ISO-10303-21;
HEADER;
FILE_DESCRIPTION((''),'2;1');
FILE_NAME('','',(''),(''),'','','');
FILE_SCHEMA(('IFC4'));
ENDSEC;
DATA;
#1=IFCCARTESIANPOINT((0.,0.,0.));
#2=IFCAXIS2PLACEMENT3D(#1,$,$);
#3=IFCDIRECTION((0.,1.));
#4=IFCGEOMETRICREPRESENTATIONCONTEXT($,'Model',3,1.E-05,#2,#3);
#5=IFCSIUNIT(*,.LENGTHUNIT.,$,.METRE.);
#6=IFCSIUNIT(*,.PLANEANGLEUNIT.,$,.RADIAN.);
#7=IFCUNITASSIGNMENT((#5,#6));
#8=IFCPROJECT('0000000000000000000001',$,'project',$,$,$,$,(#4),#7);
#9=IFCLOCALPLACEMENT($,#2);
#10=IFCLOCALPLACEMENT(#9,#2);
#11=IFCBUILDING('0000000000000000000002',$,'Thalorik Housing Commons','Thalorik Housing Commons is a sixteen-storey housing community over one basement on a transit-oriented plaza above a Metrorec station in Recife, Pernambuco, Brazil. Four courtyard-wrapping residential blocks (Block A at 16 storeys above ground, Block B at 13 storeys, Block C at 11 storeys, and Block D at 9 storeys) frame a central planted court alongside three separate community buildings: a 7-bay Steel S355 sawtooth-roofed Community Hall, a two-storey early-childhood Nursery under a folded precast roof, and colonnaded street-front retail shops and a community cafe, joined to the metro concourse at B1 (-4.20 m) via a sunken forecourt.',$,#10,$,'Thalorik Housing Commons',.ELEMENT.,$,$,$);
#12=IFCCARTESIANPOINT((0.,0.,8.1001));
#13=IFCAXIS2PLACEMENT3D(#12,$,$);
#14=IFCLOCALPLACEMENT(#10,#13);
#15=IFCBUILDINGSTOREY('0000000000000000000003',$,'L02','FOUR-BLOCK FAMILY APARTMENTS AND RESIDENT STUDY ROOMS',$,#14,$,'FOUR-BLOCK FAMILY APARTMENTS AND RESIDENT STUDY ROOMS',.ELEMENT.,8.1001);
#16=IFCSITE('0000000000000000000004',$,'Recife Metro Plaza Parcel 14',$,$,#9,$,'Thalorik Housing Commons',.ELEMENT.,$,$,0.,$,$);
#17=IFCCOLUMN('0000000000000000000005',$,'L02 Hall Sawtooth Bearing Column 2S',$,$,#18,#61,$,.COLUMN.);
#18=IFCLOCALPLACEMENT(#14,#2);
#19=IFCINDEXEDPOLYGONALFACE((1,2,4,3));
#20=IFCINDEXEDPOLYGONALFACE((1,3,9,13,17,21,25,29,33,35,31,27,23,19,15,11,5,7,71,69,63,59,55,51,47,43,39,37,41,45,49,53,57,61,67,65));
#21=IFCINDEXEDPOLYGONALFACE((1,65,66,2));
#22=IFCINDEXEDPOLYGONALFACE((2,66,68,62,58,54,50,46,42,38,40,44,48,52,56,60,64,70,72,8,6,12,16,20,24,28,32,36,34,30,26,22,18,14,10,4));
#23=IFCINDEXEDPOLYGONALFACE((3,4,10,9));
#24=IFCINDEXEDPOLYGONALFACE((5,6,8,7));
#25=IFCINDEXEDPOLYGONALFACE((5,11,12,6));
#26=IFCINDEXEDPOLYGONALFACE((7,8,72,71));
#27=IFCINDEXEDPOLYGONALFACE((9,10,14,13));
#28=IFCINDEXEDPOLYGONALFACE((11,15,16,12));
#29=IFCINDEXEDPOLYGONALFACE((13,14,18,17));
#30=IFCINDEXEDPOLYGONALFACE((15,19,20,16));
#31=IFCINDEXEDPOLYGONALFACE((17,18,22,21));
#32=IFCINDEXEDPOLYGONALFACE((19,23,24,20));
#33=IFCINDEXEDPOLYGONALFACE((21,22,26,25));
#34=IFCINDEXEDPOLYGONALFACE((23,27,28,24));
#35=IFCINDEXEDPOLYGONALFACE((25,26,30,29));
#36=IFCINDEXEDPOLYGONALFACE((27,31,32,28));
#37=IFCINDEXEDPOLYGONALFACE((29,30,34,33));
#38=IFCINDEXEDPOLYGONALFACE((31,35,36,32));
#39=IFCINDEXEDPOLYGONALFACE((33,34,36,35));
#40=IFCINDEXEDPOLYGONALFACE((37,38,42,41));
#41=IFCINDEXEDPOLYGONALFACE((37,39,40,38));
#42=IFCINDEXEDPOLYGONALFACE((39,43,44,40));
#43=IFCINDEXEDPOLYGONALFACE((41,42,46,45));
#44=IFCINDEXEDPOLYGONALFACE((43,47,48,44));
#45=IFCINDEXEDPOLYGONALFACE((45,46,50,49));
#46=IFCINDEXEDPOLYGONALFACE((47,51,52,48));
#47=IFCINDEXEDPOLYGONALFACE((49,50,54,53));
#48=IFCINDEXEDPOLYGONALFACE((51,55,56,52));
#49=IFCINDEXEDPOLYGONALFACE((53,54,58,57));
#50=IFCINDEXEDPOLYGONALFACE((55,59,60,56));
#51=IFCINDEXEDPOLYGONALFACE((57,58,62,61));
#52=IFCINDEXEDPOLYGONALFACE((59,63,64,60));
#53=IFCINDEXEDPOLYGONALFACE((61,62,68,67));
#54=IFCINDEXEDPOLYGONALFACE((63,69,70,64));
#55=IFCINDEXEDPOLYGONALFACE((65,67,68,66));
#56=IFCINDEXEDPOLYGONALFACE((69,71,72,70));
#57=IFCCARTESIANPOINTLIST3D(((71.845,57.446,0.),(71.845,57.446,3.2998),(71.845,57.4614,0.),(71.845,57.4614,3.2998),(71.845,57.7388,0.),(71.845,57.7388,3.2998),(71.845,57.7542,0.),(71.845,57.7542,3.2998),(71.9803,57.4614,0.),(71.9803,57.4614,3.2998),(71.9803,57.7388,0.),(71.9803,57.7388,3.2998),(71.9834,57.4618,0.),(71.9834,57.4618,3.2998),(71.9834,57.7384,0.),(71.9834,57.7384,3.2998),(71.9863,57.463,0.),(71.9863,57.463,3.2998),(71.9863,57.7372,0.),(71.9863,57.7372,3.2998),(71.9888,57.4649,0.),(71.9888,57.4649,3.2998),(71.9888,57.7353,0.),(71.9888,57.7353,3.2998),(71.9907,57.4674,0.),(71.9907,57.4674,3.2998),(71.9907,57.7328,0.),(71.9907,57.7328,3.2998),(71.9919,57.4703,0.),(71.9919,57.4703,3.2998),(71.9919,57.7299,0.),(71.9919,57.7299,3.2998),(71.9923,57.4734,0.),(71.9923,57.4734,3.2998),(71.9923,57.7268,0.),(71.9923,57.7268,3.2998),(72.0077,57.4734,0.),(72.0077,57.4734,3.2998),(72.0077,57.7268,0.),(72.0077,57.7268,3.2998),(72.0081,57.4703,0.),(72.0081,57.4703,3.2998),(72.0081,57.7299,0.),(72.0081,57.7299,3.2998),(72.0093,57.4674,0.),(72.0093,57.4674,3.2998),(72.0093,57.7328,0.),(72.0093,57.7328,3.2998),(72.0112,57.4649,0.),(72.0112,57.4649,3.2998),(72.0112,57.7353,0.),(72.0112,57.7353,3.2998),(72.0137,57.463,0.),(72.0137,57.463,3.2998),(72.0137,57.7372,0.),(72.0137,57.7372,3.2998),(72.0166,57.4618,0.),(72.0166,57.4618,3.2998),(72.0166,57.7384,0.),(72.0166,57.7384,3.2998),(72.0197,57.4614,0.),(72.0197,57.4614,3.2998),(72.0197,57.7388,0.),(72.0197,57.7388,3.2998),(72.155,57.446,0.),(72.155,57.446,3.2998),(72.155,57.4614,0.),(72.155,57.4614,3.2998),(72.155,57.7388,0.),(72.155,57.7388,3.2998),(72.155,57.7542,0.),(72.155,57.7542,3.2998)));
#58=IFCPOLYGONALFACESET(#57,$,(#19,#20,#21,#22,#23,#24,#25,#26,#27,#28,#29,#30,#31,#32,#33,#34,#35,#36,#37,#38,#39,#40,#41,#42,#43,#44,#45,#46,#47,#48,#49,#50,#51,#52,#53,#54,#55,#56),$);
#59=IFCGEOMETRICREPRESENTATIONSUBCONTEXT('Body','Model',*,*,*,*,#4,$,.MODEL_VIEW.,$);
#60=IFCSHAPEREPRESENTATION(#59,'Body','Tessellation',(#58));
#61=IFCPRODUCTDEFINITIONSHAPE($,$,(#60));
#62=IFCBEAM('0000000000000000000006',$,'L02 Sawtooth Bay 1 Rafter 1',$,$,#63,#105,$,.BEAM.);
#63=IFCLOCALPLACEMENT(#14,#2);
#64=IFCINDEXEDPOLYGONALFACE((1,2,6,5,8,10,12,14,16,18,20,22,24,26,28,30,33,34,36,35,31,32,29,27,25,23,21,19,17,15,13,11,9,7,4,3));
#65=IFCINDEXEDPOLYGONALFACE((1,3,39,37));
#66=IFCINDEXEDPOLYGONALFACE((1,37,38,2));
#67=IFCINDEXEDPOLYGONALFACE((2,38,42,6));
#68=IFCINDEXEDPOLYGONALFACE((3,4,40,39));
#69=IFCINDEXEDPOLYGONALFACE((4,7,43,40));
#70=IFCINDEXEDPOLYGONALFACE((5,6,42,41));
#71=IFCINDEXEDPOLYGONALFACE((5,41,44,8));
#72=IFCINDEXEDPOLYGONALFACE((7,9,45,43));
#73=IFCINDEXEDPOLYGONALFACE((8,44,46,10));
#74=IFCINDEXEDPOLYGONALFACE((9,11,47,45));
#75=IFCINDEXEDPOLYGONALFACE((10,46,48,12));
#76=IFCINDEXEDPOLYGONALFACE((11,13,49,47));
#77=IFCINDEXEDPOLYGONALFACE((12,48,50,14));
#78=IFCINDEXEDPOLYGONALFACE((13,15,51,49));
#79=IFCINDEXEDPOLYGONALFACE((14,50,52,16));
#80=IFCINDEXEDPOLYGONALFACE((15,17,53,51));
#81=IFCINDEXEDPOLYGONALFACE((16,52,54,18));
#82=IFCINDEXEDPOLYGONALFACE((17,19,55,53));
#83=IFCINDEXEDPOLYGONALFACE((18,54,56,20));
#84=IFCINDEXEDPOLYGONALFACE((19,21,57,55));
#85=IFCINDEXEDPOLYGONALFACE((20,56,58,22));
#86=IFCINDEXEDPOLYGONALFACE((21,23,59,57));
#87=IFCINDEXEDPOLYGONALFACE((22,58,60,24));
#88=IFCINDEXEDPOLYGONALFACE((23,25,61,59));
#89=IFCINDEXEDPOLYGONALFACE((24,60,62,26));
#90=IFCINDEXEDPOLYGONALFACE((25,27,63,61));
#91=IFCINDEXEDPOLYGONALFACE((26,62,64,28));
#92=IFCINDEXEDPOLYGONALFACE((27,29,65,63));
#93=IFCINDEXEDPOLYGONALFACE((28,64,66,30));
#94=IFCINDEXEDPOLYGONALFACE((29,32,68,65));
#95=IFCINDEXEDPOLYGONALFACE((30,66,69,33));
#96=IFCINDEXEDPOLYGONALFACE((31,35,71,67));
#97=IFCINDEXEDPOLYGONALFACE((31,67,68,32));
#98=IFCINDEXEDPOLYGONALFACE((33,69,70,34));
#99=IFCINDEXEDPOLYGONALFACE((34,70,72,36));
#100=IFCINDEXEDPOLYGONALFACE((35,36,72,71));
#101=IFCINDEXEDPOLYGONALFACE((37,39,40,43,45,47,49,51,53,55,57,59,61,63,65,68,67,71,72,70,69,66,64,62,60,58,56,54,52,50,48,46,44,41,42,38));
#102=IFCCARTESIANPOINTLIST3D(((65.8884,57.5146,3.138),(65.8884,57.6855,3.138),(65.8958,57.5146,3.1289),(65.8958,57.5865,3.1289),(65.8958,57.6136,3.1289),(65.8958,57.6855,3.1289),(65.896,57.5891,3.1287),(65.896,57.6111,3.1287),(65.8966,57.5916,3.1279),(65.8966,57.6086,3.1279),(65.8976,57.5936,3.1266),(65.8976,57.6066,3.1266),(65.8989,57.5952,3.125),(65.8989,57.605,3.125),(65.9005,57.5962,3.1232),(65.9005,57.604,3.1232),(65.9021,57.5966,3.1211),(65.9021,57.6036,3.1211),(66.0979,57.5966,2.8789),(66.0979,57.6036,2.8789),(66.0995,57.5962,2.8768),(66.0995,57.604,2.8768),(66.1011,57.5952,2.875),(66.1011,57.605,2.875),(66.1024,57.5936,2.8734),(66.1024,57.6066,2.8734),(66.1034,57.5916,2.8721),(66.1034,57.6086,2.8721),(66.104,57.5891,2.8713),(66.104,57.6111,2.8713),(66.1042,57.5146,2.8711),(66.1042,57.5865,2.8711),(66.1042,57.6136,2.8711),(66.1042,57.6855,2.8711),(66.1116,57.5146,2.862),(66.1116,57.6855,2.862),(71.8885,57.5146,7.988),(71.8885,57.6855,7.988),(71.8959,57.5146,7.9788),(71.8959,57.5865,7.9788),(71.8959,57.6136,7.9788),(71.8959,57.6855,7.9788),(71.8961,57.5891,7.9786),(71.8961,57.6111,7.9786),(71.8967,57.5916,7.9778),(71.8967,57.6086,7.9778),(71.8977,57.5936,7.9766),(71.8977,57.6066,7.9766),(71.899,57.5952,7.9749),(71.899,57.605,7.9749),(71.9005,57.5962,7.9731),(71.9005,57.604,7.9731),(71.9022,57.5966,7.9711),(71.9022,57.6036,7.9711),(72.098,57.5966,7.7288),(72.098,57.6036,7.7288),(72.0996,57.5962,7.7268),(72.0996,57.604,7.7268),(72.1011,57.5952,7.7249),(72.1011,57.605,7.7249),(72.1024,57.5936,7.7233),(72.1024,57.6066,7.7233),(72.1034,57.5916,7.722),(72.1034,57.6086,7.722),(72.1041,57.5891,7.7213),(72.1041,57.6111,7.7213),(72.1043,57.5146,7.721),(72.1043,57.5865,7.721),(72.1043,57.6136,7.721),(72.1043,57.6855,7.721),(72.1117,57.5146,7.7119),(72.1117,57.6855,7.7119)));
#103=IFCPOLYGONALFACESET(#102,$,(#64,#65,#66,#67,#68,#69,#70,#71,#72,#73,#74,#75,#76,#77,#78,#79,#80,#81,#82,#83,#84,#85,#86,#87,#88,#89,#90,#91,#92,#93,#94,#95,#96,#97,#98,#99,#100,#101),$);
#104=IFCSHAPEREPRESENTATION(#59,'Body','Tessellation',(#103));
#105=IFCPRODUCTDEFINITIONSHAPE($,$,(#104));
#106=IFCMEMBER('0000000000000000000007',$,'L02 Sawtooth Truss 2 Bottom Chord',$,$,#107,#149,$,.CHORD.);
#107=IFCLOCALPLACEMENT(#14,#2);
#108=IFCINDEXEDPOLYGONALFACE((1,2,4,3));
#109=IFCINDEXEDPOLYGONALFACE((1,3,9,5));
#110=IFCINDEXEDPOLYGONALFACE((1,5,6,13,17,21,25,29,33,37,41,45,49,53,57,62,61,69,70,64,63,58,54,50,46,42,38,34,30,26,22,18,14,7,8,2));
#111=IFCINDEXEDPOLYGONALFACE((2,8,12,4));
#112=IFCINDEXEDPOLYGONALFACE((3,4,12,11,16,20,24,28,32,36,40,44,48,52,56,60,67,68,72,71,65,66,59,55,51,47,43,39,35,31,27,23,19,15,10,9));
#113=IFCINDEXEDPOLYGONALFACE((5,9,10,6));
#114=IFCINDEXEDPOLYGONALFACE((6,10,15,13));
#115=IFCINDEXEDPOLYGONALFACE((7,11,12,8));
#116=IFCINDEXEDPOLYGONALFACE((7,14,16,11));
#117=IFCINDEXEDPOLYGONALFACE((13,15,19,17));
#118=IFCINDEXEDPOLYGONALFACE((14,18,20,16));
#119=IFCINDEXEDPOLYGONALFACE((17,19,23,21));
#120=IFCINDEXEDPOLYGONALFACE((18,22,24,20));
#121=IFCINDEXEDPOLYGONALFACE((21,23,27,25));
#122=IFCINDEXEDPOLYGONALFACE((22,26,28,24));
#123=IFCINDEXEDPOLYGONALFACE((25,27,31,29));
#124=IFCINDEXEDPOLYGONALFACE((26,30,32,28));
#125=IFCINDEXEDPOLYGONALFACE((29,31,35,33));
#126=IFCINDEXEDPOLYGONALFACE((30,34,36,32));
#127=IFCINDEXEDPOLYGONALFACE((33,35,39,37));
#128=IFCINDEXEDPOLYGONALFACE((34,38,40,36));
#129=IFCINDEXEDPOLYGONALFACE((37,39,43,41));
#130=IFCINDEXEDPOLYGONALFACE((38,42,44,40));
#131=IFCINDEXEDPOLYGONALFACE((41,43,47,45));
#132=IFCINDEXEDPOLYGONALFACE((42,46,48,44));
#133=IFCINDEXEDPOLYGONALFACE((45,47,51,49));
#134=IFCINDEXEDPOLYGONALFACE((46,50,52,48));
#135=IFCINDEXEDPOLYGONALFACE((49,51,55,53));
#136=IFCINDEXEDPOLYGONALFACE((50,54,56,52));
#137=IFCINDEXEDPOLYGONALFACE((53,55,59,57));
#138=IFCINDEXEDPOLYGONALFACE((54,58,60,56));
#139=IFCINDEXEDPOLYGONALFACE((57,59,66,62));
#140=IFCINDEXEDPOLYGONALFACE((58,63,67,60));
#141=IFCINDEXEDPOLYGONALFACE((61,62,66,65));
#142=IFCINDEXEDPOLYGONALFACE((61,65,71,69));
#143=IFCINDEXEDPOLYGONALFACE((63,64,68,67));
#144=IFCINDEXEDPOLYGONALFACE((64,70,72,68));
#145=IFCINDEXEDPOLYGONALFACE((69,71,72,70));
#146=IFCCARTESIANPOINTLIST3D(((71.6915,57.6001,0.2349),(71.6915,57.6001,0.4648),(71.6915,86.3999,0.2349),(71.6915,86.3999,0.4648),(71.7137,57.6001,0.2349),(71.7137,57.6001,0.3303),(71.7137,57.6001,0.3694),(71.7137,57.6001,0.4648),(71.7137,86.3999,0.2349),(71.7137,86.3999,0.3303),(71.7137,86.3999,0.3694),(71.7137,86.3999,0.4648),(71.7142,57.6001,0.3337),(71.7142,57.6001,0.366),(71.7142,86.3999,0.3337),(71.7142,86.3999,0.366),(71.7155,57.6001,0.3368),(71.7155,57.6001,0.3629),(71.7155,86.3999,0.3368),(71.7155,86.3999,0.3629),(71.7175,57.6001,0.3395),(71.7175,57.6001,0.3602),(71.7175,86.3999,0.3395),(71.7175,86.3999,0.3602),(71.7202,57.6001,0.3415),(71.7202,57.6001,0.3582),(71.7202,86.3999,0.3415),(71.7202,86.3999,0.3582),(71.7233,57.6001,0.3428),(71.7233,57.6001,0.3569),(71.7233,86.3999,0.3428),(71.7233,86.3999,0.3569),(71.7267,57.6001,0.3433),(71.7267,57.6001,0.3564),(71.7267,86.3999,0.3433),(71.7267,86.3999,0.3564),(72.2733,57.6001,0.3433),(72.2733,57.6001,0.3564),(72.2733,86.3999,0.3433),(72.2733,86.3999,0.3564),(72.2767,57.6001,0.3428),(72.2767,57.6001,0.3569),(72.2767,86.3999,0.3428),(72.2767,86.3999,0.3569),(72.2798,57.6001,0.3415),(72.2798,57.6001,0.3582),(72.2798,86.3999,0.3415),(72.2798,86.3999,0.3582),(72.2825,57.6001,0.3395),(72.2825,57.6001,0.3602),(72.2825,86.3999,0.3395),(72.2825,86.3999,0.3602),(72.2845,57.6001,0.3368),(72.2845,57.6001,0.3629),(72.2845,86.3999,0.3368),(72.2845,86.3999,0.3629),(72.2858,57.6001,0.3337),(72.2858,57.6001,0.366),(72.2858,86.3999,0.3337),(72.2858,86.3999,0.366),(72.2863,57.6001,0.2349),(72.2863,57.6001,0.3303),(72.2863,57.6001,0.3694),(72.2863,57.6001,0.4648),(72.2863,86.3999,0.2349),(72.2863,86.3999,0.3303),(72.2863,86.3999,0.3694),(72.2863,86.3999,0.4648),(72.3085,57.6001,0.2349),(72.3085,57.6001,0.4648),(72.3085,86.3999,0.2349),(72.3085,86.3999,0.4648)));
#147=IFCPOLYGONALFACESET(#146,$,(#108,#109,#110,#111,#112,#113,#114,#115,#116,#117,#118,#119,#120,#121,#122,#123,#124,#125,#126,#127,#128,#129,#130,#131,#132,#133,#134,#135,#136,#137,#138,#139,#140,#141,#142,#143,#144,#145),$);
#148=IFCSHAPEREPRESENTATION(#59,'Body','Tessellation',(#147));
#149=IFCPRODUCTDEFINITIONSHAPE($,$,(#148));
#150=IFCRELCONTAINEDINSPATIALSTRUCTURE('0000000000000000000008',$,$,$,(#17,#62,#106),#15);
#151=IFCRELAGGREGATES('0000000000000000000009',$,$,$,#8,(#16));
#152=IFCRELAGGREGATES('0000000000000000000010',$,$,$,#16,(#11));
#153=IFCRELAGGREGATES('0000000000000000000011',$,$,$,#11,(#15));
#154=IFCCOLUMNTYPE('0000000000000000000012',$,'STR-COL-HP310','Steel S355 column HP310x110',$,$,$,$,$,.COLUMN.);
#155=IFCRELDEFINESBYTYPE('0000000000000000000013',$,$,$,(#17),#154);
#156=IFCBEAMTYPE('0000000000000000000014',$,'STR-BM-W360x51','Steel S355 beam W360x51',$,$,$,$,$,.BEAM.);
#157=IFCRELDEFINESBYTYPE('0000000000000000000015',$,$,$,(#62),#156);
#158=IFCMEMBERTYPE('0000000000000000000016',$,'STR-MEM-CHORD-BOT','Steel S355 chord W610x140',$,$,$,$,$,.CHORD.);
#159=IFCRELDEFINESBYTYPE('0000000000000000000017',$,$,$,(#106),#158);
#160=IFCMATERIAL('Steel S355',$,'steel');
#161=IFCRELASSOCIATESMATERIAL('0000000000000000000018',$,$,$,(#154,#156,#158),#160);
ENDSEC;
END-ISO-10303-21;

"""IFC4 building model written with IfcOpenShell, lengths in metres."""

from ifc_helpers import new_model, si_unit, direction, frame, origin, origin_2d, place, context, subcontext, project, spatial, i_section, extrude, material, material_profile, profile_set, type_object, element, save


model = new_model("IFC4")

# Units and contexts
model_context = context("Model", 3, precision=1e-05, world=origin(), true_north=direction((0.0, 1.0)))
body_context = subcontext(model_context, "Body", "Model", "MODEL_VIEW")
ifc_project = project(units=[si_unit("LENGTHUNIT", "METRE"), si_unit("PLANEANGLEUNIT", "RADIAN")], contexts=[model_context])

# Site, building, storey
site_placement = place(None, origin())
site = spatial("IfcSite", under=ifc_project, at=site_placement, Name="Recife Metro Plaza Parcel 14", LongName="Thalorik Housing Commons", CompositionType="ELEMENT", RefElevation=0.0)
building_placement = place(site_placement, origin())
building = spatial("IfcBuilding", under=site, at=building_placement, Name="Thalorik Housing Commons", Description="Thalorik Housing Commons is a sixteen-storey housing community over one basement on a transit-oriented plaza above a Metrorec station in Recife, Pernambuco, Brazil. Four courtyard-wrapping residential blocks (Block A at 16 storeys above ground, Block B at 13 storeys, Block C at 11 storeys, and Block D at 9 storeys) frame a central planted court alongside three separate community buildings: a 7-bay Steel S355 sawtooth-roofed Community Hall, a two-storey early-childhood Nursery under a folded precast roof, and colonnaded street-front retail shops and a community cafe, joined to the metro concourse at B1 (-4.20 m) via a sunken forecourt.", LongName="Thalorik Housing Commons", CompositionType="ELEMENT")
storey_placement = place(building_placement, frame((0.0, 0.0, 8.1001)))
storey = spatial("IfcBuildingStorey", under=building, at=storey_placement, Name="L02", Description="FOUR-BLOCK FAMILY APARTMENTS AND RESIDENT STUDY ROOMS", LongName="FOUR-BLOCK FAMILY APARTMENTS AND RESIDENT STUDY ROOMS", CompositionType="ELEMENT", Elevation=8.1001)

# Column
ifc_material_1 = material(Name="Steel S355", Category="steel")
ifc_material_profile_1 = material_profile(ifc_material_1, i_section(OverallWidth=0.3101, OverallDepth=0.3081, WebThickness=0.0154, FlangeThickness=0.0154, FilletRadius=0.012, at=origin_2d()), Name="HP310x110", Category="steel")
ifc_profile_set_1 = profile_set([ifc_material_profile_1], Name="Steel S355")
column_type = type_object("IfcColumnType", Name="STR-COL-HP310", Description="Steel S355 column HP310x110", PredefinedType="COLUMN", material=ifc_profile_set_1)
column_placement = place(storey_placement, frame((72.0, 57.6001, 0.0), z_axis=(0.0, 0.0, 1.0), x_axis=(1.0, 0.0, 0.0)))
element("IfcColumn", 1, at=column_placement, inside=storey, type_object=column_type, Name="L02 Hall Sawtooth Bearing Column 2S", PredefinedType="COLUMN", context=body_context, shape_type="SweptSolid", body=[
    extrude(i_section(OverallWidth=0.3101, OverallDepth=0.3081, WebThickness=0.0154, FlangeThickness=0.0154, FilletRadius=0.012, at=origin_2d()), origin(), (0.0, 0.0, 1.0), 3.2998),
])

# Beam
ifc_material_profile_2 = material_profile(ifc_material_1, i_section(OverallWidth=0.1709, OverallDepth=0.355, WebThickness=0.0071, FlangeThickness=0.0117, FilletRadius=0.01, at=origin_2d()), Name="W360x51", Category="steel")
ifc_profile_set_2 = profile_set([ifc_material_profile_2], Name="Steel S355")
beam_type = type_object("IfcBeamType", Name="STR-BM-W360x51", Description="Steel S355 beam W360x51", PredefinedType="BEAM", material=ifc_profile_set_2)
beam_placement = place(storey_placement, frame((66.0, 57.6001, 3.0), z_axis=(0.777707, 0.0, 0.628627), x_axis=(0.0, 1.0, 0.0)))
element("IfcBeam", 2, at=beam_placement, inside=storey, type_object=beam_type, Name="L02 Sawtooth Bay 1 Rafter 1", PredefinedType="BEAM", context=body_context, shape_type="SweptSolid", body=[
    extrude(i_section(OverallWidth=0.1709, OverallDepth=0.355, WebThickness=0.0071, FlangeThickness=0.0117, FilletRadius=0.01, at=origin_2d()), origin(), (0.0, 0.0, 1.0), 7.7151),
])

# Member
ifc_material_profile_3 = material_profile(ifc_material_1, i_section(OverallWidth=0.23, OverallDepth=0.6169, WebThickness=0.0132, FlangeThickness=0.0222, FilletRadius=0.0129, at=origin_2d()), Name="W610x140", Category="steel")
ifc_profile_set_3 = profile_set([ifc_material_profile_3], Name="Steel S355")
member_type_1 = type_object("IfcMemberType", Name="STR-MEM-CHORD-BOT", Description="Steel S355 chord W610x140", PredefinedType="CHORD", material=ifc_profile_set_3)
member_1_placement = place(storey_placement, frame((72.0, 57.6001, 0.3499), z_axis=(0.0, 1.0, 0.0), x_axis=(0.0, 0.0, 1.0)))
element("IfcMember", 3, at=member_1_placement, inside=storey, type_object=member_type_1, Name="L02 Sawtooth Truss 2 Bottom Chord", PredefinedType="CHORD", context=body_context, shape_type="SweptSolid", body=[
    extrude(i_section(OverallWidth=0.23, OverallDepth=0.6169, WebThickness=0.0132, FlangeThickness=0.0222, FilletRadius=0.0129, at=origin_2d()), origin(), (0.0, 0.0, 1.0), 28.7998),
])

save(model, "model.ifc")
